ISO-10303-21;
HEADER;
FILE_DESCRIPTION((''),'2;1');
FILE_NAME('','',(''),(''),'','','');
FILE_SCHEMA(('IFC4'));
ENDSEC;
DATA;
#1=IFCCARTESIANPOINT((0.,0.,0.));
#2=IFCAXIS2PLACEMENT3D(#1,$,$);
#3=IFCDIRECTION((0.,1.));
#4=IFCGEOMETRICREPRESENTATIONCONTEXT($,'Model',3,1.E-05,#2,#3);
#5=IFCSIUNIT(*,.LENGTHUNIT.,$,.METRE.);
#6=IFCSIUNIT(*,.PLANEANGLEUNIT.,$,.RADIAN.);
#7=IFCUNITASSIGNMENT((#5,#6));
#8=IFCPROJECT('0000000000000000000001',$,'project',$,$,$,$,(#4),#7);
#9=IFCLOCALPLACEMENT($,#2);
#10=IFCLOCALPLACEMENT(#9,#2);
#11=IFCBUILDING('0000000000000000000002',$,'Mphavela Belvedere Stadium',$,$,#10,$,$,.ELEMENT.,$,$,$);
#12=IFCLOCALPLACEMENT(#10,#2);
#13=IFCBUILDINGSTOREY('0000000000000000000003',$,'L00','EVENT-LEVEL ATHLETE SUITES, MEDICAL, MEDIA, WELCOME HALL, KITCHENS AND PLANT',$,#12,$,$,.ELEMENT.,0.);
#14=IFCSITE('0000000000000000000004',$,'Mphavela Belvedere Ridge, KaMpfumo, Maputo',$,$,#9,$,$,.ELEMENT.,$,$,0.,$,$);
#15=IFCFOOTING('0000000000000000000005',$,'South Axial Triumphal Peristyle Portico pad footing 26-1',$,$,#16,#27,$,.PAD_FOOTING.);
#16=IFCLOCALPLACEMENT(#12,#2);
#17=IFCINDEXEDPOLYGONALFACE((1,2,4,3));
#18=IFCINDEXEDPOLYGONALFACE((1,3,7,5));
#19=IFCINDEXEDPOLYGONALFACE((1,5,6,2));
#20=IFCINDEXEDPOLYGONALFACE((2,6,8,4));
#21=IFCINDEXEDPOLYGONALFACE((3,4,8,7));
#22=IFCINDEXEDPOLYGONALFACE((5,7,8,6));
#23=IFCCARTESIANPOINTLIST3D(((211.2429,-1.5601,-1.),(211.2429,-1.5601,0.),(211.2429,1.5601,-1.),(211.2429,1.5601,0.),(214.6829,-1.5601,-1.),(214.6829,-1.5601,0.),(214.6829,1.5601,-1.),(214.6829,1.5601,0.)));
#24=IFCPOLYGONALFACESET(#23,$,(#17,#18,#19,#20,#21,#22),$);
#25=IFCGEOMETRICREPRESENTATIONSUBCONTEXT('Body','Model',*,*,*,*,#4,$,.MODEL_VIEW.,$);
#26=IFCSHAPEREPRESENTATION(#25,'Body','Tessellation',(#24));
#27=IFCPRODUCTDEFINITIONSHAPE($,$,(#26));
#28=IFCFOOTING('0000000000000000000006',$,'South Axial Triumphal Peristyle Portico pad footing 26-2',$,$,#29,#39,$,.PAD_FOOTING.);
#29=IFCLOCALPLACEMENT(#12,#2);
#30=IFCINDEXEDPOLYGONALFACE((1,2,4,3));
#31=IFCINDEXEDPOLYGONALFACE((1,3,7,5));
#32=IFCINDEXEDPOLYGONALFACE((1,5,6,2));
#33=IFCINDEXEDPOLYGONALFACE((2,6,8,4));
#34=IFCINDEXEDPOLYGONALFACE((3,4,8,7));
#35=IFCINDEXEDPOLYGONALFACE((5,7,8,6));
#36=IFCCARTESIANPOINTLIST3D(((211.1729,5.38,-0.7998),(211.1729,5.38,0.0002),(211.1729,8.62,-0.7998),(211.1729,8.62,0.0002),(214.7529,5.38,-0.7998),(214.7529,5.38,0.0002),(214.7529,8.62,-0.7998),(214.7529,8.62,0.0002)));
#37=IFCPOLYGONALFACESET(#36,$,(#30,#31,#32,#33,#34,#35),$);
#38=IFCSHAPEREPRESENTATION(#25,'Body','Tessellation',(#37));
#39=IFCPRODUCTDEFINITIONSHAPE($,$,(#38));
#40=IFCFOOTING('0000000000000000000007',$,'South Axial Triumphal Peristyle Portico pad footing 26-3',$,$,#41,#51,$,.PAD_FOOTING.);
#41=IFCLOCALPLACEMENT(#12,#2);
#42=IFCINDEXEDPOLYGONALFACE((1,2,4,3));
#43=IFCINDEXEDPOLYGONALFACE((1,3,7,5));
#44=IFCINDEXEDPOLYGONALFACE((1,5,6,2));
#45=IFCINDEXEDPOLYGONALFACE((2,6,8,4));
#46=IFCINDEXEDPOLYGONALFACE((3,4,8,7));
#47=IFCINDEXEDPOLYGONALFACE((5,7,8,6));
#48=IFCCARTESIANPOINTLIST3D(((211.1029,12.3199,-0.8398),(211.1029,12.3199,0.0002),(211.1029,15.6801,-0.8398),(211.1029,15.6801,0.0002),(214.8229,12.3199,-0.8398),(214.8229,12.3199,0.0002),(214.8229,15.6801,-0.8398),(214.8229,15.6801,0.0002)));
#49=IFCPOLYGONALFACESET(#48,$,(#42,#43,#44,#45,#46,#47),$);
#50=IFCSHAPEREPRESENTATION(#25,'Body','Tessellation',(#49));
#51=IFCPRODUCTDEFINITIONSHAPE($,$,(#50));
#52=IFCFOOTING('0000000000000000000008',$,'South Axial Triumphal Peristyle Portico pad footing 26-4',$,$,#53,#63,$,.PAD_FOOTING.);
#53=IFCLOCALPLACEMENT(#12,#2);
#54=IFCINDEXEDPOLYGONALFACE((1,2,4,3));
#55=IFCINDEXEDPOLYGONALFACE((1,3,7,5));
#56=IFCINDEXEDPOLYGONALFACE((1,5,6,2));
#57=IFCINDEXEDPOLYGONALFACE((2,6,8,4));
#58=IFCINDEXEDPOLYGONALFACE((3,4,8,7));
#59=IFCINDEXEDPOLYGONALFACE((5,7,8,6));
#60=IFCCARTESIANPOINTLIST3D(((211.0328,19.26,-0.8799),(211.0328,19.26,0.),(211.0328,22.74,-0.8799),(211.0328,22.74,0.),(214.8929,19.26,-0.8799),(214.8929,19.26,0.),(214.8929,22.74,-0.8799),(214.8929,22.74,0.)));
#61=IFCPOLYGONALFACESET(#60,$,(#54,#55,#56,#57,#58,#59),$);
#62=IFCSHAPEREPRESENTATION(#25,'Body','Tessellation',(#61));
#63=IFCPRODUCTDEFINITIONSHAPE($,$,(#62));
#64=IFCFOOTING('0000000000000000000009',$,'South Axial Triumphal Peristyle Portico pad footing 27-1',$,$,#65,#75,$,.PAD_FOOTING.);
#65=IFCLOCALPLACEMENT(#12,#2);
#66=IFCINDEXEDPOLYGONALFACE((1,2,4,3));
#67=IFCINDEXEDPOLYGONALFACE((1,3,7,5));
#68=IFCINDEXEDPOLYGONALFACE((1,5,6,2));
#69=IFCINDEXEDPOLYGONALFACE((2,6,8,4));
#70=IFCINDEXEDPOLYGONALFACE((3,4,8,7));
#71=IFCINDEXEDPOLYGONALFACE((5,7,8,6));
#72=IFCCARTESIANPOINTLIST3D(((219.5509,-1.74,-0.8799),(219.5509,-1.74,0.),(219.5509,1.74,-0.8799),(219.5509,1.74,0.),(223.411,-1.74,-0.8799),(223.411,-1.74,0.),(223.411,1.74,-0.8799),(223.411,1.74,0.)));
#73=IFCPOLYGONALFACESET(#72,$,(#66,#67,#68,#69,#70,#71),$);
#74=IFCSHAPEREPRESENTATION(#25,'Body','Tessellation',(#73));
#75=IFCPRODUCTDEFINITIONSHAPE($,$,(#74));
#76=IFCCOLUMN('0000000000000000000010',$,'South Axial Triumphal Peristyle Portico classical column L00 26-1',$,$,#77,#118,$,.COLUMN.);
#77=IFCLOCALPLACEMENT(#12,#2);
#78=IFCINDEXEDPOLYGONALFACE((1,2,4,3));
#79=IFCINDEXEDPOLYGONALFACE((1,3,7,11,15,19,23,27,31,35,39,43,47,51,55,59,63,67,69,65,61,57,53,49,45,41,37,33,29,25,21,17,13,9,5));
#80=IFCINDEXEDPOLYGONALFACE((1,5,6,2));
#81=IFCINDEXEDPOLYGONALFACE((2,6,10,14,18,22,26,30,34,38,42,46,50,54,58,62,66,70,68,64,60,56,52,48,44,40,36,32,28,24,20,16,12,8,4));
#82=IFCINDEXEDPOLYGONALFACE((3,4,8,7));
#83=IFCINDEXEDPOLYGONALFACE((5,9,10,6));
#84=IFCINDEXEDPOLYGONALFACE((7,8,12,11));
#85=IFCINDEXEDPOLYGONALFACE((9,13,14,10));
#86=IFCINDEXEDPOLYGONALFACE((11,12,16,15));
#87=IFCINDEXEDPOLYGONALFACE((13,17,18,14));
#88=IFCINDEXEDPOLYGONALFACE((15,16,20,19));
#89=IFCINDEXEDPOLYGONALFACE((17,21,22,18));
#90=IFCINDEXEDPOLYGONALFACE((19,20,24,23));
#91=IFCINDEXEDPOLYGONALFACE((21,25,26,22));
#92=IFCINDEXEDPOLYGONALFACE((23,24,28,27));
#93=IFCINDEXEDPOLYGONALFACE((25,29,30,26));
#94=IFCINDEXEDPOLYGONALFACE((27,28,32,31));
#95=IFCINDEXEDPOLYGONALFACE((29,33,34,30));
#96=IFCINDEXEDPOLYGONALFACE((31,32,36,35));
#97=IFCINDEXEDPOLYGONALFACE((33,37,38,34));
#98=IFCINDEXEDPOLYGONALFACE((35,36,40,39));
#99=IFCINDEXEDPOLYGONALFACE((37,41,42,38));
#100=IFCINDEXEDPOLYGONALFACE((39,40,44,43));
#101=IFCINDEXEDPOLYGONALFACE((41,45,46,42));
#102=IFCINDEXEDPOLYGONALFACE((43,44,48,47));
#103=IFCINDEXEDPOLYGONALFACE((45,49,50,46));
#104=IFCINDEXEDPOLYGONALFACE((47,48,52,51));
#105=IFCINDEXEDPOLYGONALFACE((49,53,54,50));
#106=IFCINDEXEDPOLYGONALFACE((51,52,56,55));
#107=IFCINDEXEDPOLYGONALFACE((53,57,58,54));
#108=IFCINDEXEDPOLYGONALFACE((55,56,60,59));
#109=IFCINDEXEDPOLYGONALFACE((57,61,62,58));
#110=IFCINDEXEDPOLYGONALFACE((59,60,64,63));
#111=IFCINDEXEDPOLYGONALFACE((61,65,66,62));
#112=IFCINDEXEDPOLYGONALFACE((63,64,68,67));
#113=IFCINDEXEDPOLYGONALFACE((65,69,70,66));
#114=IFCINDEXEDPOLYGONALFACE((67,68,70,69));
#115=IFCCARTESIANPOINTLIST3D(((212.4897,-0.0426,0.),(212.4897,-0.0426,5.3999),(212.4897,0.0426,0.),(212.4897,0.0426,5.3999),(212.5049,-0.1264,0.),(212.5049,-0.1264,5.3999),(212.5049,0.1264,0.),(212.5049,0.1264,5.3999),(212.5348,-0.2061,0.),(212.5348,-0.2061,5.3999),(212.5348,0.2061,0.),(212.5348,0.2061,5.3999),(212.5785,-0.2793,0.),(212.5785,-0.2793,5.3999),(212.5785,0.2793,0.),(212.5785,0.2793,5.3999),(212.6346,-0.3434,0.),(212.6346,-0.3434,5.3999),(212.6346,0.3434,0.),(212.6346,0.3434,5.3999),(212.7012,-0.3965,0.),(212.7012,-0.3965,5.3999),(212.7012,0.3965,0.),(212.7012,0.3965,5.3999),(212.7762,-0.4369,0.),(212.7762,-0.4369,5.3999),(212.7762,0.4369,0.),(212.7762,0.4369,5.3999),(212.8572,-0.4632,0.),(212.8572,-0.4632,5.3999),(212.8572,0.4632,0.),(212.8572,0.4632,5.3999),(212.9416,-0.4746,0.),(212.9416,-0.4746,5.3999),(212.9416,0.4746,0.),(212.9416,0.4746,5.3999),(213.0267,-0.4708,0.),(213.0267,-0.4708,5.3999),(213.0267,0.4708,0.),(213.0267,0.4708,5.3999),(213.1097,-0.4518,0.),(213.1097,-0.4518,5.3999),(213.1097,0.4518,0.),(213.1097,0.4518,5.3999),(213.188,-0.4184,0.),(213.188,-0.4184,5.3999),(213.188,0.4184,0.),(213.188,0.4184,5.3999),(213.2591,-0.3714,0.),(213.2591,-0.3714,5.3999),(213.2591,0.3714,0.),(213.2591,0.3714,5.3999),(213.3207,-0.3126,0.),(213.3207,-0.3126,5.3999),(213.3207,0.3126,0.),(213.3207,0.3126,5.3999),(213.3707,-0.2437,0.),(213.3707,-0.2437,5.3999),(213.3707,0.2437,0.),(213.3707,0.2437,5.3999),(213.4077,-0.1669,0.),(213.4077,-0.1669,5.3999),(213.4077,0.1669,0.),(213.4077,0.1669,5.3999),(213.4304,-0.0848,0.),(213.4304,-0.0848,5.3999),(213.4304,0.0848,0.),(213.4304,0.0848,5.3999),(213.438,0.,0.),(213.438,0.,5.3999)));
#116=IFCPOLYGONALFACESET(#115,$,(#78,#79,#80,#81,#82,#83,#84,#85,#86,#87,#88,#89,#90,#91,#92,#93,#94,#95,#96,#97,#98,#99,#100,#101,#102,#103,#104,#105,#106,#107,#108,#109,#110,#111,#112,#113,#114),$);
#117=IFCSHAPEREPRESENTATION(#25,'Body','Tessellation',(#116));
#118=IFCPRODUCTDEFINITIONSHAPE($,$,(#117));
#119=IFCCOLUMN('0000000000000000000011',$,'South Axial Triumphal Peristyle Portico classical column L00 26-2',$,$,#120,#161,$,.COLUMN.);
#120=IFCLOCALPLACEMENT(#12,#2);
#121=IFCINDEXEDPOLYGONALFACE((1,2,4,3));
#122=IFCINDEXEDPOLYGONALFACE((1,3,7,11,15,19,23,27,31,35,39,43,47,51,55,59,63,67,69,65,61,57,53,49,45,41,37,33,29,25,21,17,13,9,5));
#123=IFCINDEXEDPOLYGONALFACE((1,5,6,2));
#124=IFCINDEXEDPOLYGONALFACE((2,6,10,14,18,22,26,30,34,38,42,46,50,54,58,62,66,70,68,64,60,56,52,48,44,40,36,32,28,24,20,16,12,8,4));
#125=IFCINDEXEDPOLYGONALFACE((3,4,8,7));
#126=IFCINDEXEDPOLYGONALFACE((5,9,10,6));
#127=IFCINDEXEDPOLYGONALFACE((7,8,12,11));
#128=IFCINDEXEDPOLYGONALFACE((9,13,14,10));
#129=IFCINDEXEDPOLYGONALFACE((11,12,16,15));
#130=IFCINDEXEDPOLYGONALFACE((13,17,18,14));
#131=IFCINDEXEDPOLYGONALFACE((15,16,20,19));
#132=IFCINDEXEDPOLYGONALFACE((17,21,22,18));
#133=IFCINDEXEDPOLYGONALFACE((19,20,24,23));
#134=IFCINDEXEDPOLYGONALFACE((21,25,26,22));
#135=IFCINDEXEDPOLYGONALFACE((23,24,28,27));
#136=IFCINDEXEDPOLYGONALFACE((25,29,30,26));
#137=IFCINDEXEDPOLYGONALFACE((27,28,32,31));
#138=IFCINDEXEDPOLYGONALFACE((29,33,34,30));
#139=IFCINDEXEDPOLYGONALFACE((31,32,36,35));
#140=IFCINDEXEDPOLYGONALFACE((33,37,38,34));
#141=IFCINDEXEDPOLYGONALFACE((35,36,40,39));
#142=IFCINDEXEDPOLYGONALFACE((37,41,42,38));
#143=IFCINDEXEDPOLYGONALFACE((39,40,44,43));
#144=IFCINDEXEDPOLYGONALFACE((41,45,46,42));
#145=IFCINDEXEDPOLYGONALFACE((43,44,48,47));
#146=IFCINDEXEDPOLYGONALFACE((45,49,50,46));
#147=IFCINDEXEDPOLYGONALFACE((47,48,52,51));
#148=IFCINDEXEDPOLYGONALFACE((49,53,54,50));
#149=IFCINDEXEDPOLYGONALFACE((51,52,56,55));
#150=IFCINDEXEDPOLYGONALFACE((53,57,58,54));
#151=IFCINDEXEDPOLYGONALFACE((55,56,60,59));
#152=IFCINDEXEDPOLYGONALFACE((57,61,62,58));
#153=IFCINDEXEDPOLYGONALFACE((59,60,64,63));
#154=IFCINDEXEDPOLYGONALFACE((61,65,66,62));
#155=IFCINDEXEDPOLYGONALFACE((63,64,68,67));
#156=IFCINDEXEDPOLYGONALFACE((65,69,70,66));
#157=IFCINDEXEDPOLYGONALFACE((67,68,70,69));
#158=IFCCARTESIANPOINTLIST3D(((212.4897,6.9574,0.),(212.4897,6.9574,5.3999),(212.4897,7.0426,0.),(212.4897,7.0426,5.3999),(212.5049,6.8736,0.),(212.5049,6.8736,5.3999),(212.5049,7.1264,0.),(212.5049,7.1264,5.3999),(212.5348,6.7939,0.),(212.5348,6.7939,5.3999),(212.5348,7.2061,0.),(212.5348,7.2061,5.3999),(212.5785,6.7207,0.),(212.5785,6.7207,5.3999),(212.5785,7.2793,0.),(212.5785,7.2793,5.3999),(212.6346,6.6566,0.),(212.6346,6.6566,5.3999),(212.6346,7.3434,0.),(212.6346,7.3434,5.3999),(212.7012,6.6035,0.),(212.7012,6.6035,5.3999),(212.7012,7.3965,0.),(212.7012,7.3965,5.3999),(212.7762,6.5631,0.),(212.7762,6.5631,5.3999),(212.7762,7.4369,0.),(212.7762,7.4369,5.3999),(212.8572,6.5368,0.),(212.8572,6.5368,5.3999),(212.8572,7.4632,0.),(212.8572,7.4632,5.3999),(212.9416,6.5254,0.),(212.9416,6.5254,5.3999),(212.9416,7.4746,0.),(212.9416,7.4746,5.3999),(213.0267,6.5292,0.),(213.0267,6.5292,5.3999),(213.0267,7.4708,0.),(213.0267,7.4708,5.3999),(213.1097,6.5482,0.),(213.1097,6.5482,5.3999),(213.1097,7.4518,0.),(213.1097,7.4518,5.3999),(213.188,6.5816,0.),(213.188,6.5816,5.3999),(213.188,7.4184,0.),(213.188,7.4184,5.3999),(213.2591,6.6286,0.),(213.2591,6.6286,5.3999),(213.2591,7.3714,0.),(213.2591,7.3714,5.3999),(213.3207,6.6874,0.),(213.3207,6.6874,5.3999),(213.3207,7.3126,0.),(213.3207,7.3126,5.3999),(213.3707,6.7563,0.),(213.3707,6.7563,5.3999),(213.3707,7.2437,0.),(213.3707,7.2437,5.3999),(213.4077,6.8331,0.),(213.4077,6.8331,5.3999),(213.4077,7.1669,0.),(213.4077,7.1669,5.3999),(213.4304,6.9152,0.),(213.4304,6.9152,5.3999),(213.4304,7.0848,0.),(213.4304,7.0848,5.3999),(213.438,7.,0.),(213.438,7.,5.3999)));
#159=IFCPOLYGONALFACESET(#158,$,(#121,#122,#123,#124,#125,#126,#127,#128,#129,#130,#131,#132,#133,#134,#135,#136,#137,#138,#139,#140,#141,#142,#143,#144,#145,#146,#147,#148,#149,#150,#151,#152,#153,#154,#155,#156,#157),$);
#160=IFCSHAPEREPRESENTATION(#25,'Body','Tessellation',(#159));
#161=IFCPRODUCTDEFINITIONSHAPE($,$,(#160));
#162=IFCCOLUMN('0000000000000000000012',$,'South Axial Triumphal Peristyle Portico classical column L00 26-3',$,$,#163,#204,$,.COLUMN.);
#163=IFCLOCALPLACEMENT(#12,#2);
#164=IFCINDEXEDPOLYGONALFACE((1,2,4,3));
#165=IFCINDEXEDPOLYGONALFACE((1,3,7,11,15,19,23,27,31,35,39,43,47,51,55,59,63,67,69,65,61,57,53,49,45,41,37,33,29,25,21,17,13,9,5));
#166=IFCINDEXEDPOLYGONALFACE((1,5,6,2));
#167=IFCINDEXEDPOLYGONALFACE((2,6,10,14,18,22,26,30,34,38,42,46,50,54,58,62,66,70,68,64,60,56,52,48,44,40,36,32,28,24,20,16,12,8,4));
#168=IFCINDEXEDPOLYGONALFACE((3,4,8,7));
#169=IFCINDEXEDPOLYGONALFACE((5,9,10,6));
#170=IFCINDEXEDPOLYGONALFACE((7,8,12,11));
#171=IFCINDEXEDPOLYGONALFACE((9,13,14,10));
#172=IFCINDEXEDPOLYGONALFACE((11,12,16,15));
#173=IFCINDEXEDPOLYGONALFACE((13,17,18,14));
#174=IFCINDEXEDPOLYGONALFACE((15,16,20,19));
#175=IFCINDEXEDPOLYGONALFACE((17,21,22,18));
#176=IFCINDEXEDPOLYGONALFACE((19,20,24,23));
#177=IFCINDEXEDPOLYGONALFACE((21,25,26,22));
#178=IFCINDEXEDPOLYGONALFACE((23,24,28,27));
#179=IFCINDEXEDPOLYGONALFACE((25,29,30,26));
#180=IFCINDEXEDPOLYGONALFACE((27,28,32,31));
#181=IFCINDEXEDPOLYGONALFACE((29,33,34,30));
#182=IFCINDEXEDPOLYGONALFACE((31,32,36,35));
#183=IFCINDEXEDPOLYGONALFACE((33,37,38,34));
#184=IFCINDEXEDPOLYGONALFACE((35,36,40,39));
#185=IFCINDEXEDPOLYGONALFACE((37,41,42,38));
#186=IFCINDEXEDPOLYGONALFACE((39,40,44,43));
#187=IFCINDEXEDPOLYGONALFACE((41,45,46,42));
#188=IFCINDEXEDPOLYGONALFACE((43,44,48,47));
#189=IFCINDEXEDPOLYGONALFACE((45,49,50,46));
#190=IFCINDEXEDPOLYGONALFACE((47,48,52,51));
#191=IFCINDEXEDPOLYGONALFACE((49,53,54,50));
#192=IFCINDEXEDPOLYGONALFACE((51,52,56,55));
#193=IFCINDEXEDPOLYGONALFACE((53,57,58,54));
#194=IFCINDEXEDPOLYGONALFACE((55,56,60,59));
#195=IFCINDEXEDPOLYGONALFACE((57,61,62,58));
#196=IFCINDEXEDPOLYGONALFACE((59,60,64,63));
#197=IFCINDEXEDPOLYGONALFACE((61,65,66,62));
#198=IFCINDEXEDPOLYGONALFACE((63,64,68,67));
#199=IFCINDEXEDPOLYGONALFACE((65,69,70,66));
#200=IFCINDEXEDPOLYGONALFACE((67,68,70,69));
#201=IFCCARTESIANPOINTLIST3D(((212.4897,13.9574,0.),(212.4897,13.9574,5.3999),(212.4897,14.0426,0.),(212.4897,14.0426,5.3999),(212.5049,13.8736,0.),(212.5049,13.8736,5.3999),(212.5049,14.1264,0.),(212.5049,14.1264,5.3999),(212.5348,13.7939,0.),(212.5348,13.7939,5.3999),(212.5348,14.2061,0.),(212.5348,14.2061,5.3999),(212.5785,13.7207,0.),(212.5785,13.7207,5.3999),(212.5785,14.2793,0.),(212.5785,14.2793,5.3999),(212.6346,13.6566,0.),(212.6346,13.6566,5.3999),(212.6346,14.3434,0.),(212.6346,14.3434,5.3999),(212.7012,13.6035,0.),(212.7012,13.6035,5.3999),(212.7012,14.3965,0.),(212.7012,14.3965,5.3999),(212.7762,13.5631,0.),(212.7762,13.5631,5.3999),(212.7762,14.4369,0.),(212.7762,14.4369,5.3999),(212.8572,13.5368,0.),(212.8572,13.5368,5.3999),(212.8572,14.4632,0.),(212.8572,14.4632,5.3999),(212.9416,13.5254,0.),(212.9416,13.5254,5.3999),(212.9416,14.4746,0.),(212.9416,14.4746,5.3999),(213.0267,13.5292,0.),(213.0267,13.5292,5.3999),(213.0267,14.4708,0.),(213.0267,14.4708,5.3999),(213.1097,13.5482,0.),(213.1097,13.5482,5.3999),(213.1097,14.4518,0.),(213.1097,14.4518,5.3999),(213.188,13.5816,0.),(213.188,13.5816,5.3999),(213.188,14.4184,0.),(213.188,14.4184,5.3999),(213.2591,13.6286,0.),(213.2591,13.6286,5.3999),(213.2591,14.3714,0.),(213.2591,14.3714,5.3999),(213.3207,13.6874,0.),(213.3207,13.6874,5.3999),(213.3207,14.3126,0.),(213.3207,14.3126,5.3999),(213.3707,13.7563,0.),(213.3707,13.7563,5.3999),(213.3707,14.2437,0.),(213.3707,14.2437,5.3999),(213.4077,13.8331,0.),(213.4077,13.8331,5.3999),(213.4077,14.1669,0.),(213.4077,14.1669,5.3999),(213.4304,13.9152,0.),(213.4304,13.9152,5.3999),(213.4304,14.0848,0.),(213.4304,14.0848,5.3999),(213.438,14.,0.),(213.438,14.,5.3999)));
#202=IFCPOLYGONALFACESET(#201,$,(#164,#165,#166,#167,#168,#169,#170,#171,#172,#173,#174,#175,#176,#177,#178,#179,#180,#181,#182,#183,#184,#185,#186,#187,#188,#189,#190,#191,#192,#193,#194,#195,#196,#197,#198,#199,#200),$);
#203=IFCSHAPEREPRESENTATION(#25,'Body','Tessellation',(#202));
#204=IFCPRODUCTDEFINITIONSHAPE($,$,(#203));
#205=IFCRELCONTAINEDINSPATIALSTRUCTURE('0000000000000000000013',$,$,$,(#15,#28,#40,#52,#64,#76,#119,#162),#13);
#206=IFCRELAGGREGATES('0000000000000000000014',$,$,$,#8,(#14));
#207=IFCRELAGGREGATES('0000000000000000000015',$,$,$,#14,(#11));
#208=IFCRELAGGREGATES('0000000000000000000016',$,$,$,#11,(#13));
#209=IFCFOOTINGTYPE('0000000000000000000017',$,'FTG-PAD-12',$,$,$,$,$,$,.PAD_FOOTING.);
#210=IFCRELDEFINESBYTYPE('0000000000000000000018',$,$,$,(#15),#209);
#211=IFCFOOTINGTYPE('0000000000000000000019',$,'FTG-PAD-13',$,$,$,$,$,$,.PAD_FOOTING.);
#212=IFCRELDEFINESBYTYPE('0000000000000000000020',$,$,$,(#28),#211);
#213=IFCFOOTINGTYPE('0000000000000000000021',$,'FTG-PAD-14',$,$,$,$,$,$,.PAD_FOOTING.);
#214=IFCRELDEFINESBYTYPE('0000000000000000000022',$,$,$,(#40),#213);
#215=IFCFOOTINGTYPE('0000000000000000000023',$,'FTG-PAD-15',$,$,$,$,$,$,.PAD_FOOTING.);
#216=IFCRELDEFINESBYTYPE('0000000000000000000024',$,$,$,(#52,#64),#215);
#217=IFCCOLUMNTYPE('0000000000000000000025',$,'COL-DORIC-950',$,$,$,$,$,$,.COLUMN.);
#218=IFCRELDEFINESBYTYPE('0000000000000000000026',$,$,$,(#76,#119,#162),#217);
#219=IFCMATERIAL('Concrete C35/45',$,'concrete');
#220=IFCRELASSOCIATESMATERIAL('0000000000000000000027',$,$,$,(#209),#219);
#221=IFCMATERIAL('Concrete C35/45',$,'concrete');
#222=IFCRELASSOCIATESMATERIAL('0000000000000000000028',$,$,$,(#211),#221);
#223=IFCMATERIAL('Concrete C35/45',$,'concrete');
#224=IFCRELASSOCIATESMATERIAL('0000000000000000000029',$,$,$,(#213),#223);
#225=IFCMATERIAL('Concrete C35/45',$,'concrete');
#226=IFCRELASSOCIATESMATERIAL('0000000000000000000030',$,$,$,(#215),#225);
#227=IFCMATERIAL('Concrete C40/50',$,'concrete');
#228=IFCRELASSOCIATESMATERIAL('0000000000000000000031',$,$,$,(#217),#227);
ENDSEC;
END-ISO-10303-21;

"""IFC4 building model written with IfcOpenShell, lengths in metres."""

from ifc_helpers import new_model, si_unit, direction, frame, origin, origin_2d, place, context, subcontext, project, spatial, rectangle, circle, extrude, material, material_profile, profile_set, type_object, element, save


model = new_model("IFC4")

# Units and contexts
model_context = context("Model", 3, precision=1e-05, world=origin(), true_north=direction((0.0, 1.0)))
body_context = subcontext(model_context, "Body", "Model", "MODEL_VIEW")
ifc_project = project(units=[si_unit("LENGTHUNIT", "METRE"), si_unit("PLANEANGLEUNIT", "RADIAN")], contexts=[model_context])

# Site, building, storey
site_placement = place(None, origin())
site = spatial("IfcSite", under=ifc_project, at=site_placement, Name="Mphavela Belvedere Ridge, KaMpfumo, Maputo", CompositionType="ELEMENT", RefElevation=0.0)
building_placement = place(site_placement, origin())
building = spatial("IfcBuilding", under=site, at=building_placement, Name="Mphavela Belvedere Stadium", CompositionType="ELEMENT")
storey_placement = place(building_placement, origin())
storey = spatial("IfcBuildingStorey", under=building, at=storey_placement, Name="L00", Description="EVENT-LEVEL ATHLETE SUITES, MEDICAL, MEDIA, WELCOME HALL, KITCHENS AND PLANT", CompositionType="ELEMENT", Elevation=0.0)

# Footings
ifc_material_1 = material(Name="Concrete C35/45", Category="concrete")
footing_type_1 = type_object("IfcFootingType", Name="FTG-PAD-12", PredefinedType="PAD_FOOTING", material=ifc_material_1)
footing_1_placement = place(storey_placement, frame((212.9629, 0.0, -1.0), z_axis=(0.0, 0.0, 1.0), x_axis=(1.0, 0.0, 0.0)))
element("IfcFooting", 1, at=footing_1_placement, inside=storey, type_object=footing_type_1, Name="South Axial Triumphal Peristyle Portico pad footing 26-1", PredefinedType="PAD_FOOTING", context=body_context, shape_type="SweptSolid", body=[
    extrude(rectangle(XDim=3.4399, YDim=3.1201, at=origin_2d()), origin(), (0.0, 0.0, 1.0), 1.0),
])
ifc_material_2 = material(Name="Concrete C35/45", Category="concrete")
footing_type_2 = type_object("IfcFootingType", Name="FTG-PAD-13", PredefinedType="PAD_FOOTING", material=ifc_material_2)
footing_2_placement = place(storey_placement, frame((212.9629, 7.0, -0.7998), z_axis=(0.0, 0.0, 1.0), x_axis=(1.0, 0.0, 0.0)))
element("IfcFooting", 2, at=footing_2_placement, inside=storey, type_object=footing_type_2, Name="South Axial Triumphal Peristyle Portico pad footing 26-2", PredefinedType="PAD_FOOTING", context=body_context, shape_type="SweptSolid", body=[
    extrude(rectangle(XDim=3.5801, YDim=3.24, at=origin_2d()), origin(), (0.0, 0.0, 1.0), 0.8),
])
ifc_material_3 = material(Name="Concrete C35/45", Category="concrete")
footing_type_3 = type_object("IfcFootingType", Name="FTG-PAD-14", PredefinedType="PAD_FOOTING", material=ifc_material_3)
footing_3_placement = place(storey_placement, frame((212.9629, 14.0, -0.8398), z_axis=(0.0, 0.0, 1.0), x_axis=(1.0, 0.0, 0.0)))
element("IfcFooting", 3, at=footing_3_placement, inside=storey, type_object=footing_type_3, Name="South Axial Triumphal Peristyle Portico pad footing 26-3", PredefinedType="PAD_FOOTING", context=body_context, shape_type="SweptSolid", body=[
    extrude(rectangle(XDim=3.72, YDim=3.3601, at=origin_2d()), origin(), (0.0, 0.0, 1.0), 0.8401),
])
ifc_material_4 = material(Name="Concrete C35/45", Category="concrete")
footing_type_4 = type_object("IfcFootingType", Name="FTG-PAD-15", PredefinedType="PAD_FOOTING", material=ifc_material_4)
for number, where, z_axis, x_axis, name in (
    (4, (212.9629, 21.0, -0.8799), (0.0, 0.0, 1.0), (1.0, 0.0, 0.0), "South Axial Triumphal Peristyle Portico pad footing 26-4"),
    (5, (221.481, 0.0, -0.8799), (0.0, 0.0, 1.0), (1.0, 0.0, 0.0), "South Axial Triumphal Peristyle Portico pad footing 27-1"),
):
    element("IfcFooting", number, at=place(storey_placement, frame(where, z_axis=z_axis, x_axis=x_axis)), inside=storey, type_object=footing_type_4, Name=name, PredefinedType="PAD_FOOTING", context=body_context, shape_type="SweptSolid", body=[
        extrude(rectangle(XDim=3.8601, YDim=3.48, at=origin_2d()), origin(), (0.0, 0.0, 1.0), 0.8799),
    ])

# Columns
ifc_material_5 = material(Name="Concrete C40/50", Category="concrete")
ifc_material_profile_1 = material_profile(ifc_material_5, circle(Radius=0.4751, at=origin_2d()), Name="COL D950")
ifc_profile_set_1 = profile_set([ifc_material_profile_1], Name="Concrete C40/50")
column_type = type_object("IfcColumnType", Name="COL-DORIC-950", PredefinedType="COLUMN", material=ifc_profile_set_1)
for number, where, z_axis, x_axis, name in (
    (6, (212.9629, 0.0, 0.0), (0.0, 0.0, 1.0), (1.0, 0.0, 0.0), "South Axial Triumphal Peristyle Portico classical column L00 26-1"),
    (7, (212.9629, 7.0, 0.0), (0.0, 0.0, 1.0), (1.0, 0.0, 0.0), "South Axial Triumphal Peristyle Portico classical column L00 26-2"),
    (8, (212.9629, 14.0, 0.0), (0.0, 0.0, 1.0), (1.0, 0.0, 0.0), "South Axial Triumphal Peristyle Portico classical column L00 26-3"),
):
    element("IfcColumn", number, at=place(storey_placement, frame(where, z_axis=z_axis, x_axis=x_axis)), inside=storey, type_object=column_type, Name=name, PredefinedType="COLUMN", context=body_context, shape_type="SweptSolid", body=[
        extrude(circle(Radius=0.4751, at=origin_2d()), origin(), (0.0, 0.0, 1.0), 5.3999),
    ])

save(model, "model.ifc")
